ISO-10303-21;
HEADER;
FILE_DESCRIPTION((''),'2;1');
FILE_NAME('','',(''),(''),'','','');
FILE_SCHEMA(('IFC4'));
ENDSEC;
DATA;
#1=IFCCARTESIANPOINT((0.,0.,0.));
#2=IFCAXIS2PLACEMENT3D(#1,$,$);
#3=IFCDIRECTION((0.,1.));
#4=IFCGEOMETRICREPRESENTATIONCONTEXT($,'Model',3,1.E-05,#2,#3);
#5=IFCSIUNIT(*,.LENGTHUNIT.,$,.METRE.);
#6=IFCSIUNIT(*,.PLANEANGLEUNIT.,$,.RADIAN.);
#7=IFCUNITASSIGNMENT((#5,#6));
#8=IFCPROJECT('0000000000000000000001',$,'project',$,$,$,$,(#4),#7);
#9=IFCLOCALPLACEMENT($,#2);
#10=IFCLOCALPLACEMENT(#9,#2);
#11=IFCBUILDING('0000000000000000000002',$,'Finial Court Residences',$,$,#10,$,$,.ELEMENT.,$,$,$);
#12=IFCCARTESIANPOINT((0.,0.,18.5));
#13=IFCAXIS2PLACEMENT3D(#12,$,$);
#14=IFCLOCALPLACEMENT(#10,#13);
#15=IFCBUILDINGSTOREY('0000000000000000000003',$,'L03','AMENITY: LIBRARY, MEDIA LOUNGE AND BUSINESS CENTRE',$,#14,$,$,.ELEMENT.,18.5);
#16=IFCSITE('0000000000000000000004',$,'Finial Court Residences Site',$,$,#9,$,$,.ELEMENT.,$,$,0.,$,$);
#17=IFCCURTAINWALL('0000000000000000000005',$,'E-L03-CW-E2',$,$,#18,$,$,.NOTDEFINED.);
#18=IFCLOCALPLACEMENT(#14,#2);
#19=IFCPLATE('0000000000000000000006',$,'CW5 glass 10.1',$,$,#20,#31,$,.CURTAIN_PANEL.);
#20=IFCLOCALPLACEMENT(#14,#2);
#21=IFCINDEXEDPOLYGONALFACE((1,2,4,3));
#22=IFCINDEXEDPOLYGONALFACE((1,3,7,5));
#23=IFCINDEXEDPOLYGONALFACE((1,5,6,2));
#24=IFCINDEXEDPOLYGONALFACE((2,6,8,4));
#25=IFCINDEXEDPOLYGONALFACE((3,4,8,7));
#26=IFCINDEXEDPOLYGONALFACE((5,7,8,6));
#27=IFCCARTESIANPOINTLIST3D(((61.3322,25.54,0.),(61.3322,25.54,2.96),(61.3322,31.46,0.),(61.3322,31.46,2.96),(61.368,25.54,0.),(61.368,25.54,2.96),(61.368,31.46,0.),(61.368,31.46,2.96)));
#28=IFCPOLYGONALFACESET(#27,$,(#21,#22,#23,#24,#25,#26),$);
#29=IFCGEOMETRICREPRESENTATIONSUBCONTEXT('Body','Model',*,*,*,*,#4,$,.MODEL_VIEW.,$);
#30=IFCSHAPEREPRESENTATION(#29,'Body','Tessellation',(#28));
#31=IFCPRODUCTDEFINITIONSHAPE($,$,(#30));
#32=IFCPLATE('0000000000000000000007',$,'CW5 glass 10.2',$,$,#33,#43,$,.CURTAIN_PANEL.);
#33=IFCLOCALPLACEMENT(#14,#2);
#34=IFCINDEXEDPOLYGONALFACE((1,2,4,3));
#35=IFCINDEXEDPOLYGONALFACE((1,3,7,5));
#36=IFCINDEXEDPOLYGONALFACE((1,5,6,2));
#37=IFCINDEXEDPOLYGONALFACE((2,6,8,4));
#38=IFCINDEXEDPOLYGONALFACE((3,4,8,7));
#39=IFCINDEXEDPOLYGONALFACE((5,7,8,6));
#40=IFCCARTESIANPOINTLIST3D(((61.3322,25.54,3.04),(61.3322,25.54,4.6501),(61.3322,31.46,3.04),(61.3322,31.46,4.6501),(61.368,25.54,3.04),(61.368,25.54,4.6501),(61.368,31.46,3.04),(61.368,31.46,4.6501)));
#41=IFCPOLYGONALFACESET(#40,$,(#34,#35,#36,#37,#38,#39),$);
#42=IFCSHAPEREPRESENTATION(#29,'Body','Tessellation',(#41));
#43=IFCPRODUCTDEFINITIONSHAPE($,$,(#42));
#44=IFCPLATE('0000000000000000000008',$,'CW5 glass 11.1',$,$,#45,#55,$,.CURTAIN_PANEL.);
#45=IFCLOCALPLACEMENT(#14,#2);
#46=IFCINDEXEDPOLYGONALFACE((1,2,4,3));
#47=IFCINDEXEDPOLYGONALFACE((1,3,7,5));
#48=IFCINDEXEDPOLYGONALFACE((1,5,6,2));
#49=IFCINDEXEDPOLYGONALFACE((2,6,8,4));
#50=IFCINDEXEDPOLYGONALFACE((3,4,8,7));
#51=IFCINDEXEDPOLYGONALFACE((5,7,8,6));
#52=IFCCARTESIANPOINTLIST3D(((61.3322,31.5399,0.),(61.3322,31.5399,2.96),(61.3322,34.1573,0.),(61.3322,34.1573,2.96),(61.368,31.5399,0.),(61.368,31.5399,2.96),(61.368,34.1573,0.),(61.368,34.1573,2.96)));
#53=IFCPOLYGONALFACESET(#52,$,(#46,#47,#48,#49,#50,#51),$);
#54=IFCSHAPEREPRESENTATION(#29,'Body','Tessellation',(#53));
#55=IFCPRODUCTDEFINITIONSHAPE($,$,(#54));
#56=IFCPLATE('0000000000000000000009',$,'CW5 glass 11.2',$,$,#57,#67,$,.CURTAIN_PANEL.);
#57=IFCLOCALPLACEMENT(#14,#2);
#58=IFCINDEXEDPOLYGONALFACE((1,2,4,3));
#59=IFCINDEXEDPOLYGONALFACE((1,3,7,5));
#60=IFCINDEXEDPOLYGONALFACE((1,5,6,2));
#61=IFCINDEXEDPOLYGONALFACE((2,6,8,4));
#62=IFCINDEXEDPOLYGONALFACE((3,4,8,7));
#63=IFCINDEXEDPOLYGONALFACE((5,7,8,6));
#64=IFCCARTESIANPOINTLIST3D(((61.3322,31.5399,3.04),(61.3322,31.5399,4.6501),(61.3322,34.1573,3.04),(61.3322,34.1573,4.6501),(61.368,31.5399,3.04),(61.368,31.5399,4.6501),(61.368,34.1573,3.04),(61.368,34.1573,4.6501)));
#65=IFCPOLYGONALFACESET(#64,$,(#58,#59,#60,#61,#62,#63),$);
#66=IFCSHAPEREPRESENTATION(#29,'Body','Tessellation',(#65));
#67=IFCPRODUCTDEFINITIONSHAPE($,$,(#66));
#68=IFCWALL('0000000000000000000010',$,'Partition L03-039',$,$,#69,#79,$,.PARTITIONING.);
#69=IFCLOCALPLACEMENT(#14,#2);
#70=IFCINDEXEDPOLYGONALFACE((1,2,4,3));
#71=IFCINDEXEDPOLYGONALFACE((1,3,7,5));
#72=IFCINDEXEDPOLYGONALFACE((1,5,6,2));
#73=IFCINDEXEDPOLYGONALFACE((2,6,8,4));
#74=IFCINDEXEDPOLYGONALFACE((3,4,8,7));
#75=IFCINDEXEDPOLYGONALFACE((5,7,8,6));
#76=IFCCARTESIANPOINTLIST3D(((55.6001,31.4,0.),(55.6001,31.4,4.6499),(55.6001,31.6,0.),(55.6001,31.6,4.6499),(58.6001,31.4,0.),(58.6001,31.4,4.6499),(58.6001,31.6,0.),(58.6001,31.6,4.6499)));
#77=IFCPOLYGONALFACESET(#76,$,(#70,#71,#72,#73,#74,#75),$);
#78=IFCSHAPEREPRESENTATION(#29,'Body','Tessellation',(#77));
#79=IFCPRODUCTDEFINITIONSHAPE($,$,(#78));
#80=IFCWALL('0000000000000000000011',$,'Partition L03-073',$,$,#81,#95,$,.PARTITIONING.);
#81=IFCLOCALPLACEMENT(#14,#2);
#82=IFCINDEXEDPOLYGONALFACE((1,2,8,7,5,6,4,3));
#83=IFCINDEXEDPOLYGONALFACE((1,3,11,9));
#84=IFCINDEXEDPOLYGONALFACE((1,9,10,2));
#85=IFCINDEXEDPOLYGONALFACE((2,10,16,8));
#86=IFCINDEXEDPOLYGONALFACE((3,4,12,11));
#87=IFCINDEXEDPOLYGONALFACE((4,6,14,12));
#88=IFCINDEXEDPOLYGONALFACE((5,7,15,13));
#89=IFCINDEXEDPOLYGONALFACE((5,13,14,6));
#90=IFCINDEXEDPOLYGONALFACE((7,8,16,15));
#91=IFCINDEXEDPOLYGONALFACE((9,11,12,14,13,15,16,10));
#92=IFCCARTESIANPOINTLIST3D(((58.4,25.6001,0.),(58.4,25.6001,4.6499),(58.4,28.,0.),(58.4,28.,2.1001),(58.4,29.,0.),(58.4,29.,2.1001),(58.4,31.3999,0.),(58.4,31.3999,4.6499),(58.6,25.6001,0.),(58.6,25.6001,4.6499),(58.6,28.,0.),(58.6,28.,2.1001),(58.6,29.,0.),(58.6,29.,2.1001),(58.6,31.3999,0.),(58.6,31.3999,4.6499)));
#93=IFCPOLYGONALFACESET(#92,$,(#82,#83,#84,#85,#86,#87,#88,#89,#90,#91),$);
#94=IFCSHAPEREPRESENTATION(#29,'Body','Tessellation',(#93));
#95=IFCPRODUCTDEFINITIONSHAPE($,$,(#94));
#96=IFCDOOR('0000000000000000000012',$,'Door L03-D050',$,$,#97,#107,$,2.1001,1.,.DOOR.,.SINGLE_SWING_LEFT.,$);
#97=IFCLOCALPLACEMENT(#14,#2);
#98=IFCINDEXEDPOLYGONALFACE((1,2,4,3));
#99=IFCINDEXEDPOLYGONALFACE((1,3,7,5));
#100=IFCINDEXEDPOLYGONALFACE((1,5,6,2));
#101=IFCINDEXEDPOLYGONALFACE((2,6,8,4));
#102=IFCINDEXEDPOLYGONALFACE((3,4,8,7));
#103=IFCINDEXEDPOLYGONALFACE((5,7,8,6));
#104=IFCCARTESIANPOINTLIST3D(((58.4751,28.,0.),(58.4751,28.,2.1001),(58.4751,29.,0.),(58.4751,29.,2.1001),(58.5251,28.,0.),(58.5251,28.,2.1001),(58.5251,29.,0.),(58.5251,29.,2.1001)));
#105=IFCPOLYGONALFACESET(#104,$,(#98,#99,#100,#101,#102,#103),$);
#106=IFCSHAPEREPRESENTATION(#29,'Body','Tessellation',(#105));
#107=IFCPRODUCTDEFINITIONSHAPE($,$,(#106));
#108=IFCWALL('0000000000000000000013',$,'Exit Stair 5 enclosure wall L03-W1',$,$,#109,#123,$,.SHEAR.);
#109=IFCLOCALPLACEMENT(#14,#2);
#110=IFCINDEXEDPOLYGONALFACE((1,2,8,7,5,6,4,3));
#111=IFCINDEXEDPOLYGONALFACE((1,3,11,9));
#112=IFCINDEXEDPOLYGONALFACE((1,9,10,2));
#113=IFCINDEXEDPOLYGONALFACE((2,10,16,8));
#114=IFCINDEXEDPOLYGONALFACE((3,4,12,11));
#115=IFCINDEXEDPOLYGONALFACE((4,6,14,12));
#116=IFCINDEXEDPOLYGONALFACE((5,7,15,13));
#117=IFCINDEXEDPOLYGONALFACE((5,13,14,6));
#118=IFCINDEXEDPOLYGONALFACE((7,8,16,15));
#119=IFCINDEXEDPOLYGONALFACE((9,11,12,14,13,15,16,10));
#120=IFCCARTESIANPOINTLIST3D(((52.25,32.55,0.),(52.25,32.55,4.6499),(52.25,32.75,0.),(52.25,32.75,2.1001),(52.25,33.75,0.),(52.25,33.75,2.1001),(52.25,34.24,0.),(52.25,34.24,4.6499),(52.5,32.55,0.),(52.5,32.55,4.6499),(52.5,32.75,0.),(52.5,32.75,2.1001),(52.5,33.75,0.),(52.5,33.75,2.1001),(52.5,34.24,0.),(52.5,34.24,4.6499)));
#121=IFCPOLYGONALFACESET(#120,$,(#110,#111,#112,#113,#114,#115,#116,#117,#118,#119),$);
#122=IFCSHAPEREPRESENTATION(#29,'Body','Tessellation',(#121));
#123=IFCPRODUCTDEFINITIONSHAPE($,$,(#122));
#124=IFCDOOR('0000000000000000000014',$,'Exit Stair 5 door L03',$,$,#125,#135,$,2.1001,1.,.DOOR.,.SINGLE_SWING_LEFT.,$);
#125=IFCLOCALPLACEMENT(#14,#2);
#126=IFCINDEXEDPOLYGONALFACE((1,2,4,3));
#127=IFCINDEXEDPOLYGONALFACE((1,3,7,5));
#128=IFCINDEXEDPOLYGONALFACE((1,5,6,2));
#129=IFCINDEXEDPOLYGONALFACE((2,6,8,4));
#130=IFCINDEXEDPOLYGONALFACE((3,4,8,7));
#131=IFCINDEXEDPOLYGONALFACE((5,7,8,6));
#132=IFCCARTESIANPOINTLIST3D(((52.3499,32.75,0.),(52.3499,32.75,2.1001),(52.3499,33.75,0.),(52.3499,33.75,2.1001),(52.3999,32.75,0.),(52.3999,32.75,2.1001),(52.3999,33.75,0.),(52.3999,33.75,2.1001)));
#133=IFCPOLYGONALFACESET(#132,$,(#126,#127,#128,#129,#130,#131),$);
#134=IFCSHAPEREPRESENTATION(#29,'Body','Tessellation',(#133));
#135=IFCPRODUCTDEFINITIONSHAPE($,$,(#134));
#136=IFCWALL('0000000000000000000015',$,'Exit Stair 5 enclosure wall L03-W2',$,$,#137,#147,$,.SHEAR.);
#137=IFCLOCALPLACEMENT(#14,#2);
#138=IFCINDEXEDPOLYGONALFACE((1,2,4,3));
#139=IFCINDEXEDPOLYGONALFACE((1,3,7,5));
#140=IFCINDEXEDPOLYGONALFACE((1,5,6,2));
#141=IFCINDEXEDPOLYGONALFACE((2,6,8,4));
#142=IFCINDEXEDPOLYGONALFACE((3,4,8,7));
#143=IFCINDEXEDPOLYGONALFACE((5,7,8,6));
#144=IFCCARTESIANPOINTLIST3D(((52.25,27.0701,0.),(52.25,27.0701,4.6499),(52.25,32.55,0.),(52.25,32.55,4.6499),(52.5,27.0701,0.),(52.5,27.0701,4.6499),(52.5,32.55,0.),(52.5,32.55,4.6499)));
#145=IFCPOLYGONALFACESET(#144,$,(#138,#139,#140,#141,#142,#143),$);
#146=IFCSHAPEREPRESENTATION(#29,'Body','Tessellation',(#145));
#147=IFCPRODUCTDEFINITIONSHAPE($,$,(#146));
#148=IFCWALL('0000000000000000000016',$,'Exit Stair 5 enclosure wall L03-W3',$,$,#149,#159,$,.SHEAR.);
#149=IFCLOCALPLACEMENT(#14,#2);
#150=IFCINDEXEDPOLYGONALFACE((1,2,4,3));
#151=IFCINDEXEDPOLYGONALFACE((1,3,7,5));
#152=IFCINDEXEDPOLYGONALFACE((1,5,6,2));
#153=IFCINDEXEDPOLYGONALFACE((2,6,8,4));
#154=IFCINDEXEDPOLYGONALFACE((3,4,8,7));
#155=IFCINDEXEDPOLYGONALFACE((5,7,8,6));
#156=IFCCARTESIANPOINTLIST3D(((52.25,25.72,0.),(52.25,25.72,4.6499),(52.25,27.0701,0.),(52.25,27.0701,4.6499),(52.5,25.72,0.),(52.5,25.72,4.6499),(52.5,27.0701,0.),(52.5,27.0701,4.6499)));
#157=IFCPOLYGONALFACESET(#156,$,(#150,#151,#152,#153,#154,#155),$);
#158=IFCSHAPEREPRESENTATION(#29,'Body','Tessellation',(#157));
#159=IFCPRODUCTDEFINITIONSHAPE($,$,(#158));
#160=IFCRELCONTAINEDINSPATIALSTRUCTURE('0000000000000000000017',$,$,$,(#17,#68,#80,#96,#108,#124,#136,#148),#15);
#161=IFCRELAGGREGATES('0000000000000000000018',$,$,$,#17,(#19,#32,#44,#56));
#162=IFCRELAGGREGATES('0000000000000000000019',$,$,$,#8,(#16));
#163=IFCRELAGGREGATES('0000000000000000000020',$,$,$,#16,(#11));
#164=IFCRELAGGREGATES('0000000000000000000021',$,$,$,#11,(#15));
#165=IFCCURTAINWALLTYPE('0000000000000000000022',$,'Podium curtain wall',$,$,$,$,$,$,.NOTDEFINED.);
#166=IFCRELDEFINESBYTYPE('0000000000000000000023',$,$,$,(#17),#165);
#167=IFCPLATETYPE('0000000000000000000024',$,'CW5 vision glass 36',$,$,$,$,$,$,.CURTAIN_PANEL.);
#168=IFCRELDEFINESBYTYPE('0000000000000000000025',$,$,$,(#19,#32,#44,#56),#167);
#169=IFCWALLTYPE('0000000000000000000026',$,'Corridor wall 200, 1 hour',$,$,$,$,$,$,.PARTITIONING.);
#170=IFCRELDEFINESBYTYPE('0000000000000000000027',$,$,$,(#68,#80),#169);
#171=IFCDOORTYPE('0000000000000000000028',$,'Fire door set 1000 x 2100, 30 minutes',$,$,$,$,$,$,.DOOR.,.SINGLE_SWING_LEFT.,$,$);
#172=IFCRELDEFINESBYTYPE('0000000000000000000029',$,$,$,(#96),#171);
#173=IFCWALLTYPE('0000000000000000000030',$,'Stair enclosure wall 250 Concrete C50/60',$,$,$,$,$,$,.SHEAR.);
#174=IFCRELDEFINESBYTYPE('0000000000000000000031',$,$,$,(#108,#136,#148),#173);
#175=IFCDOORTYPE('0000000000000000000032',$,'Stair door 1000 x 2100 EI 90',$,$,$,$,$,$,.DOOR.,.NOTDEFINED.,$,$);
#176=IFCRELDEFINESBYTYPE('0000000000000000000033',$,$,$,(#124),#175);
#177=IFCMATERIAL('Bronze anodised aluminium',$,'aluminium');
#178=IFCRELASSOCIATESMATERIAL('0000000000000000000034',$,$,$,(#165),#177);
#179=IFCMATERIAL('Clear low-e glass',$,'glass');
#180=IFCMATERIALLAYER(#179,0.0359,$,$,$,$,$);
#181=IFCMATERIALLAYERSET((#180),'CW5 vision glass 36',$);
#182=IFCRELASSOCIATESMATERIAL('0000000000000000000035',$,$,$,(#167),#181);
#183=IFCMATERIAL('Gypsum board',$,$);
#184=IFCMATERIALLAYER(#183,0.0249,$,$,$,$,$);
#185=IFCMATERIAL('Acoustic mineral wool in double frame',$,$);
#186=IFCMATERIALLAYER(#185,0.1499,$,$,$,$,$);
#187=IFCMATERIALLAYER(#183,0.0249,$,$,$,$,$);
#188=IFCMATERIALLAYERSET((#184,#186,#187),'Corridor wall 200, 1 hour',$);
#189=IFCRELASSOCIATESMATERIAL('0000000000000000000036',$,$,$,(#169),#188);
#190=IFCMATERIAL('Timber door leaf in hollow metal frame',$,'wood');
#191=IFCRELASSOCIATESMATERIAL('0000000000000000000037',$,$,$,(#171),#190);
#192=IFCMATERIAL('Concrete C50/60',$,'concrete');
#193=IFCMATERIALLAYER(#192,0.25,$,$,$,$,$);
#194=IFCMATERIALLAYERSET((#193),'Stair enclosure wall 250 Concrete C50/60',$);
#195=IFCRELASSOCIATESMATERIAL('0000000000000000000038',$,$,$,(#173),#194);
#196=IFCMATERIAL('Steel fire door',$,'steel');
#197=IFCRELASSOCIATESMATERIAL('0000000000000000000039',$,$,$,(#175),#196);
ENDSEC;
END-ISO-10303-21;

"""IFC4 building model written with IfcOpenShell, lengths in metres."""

from ifc_helpers import new_model, si_unit, direction, frame, frame_2d, origin, origin_2d, place, context, subcontext, project, spatial, rectangle, extrude, material, layer, layer_set, type_object, element, fill, aggregate, save


model = new_model("IFC4")

# Units and contexts
model_context = context("Model", 3, precision=1e-05, world=origin(), true_north=direction((0.0, 1.0)))
body_context = subcontext(model_context, "Body", "Model", "MODEL_VIEW")
ifc_project = project(units=[si_unit("LENGTHUNIT", "METRE"), si_unit("PLANEANGLEUNIT", "RADIAN")], contexts=[model_context])

# Site, building, storey
site_placement = place(None, origin())
site = spatial("IfcSite", under=ifc_project, at=site_placement, Name="Finial Court Residences Site", CompositionType="ELEMENT", RefElevation=0.0)
building_placement = place(site_placement, origin())
building = spatial("IfcBuilding", under=site, at=building_placement, Name="Finial Court Residences", CompositionType="ELEMENT")
storey_placement = place(building_placement, frame((0.0, 0.0, 18.5)))
storey = spatial("IfcBuildingStorey", under=building, at=storey_placement, Name="L03", Description="AMENITY: LIBRARY, MEDIA LOUNGE AND BUSINESS CENTRE", CompositionType="ELEMENT", Elevation=18.5)

# Shared definitions
ifc_material_1 = material(Name="Concrete C50/60", Category="concrete")

# Curtain wall
ifc_material_2 = material(Name="Bronze anodised aluminium", Category="aluminium")
curtain_wall_type = type_object("IfcCurtainWallType", Name="Podium curtain wall", PredefinedType="NOTDEFINED", material=ifc_material_2)
curtain_wall_1_placement = place(storey_placement, origin())
curtain_wall_1 = element("IfcCurtainWall", 1, at=curtain_wall_1_placement, inside=storey, type_object=curtain_wall_type, Name="E-L03-CW-E2", PredefinedType="NOTDEFINED")

# Plates
ifc_material_3 = material(Name="Clear low-e glass", Category="glass")
ifc_layer_1 = layer(ifc_material_3, 0.0359)
ifc_layer_set_1 = layer_set([ifc_layer_1], Name="CW5 vision glass 36")
plate_type = type_object("IfcPlateType", Name="CW5 vision glass 36", PredefinedType="CURTAIN_PANEL", material=ifc_layer_set_1)
plate_1_placement = place(storey_placement, frame((61.3501, 28.5, 0.0), z_axis=(0.0, 0.0, 1.0), x_axis=(0.0, 1.0, 0.0)))
plate_1 = element("IfcPlate", 2, at=plate_1_placement, type_object=plate_type, Name="CW5 glass 10.1", PredefinedType="CURTAIN_PANEL", context=body_context, shape_type="SweptSolid", body=[
    extrude(rectangle(XDim=5.9199, YDim=0.0359, at=origin_2d()), origin(), (0.0, 0.0, 1.0), 2.96),
])
plate_2_placement = place(storey_placement, frame((61.3501, 28.5, 3.04), z_axis=(0.0, 0.0, 1.0), x_axis=(0.0, 1.0, 0.0)))
plate_2 = element("IfcPlate", 3, at=plate_2_placement, type_object=plate_type, Name="CW5 glass 10.2", PredefinedType="CURTAIN_PANEL", context=body_context, shape_type="SweptSolid", body=[
    extrude(rectangle(XDim=5.9199, YDim=0.0359, at=origin_2d()), origin(), (0.0, 0.0, 1.0), 1.6101),
])
plate_3_placement = place(storey_placement, frame((61.3501, 32.8486, 0.0), z_axis=(0.0, 0.0, 1.0), x_axis=(0.0, 1.0, 0.0)))
plate_3 = element("IfcPlate", 4, at=plate_3_placement, type_object=plate_type, Name="CW5 glass 11.1", PredefinedType="CURTAIN_PANEL", context=body_context, shape_type="SweptSolid", body=[
    extrude(rectangle(XDim=2.6174, YDim=0.0359, at=origin_2d()), origin(), (0.0, 0.0, 1.0), 2.96),
])
plate_4_placement = place(storey_placement, frame((61.3501, 32.8486, 3.04), z_axis=(0.0, 0.0, 1.0), x_axis=(0.0, 1.0, 0.0)))
plate_4 = element("IfcPlate", 5, at=plate_4_placement, type_object=plate_type, Name="CW5 glass 11.2", PredefinedType="CURTAIN_PANEL", context=body_context, shape_type="SweptSolid", body=[
    extrude(rectangle(XDim=2.6174, YDim=0.0359, at=origin_2d()), origin(), (0.0, 0.0, 1.0), 1.6101),
])
aggregate(curtain_wall_1, [plate_1, plate_2, plate_3, plate_4])

# Wall
ifc_material_4 = material(Name="Gypsum board")
ifc_layer_2 = layer(ifc_material_4, 0.0249)
ifc_material_5 = material(Name="Acoustic mineral wool in double frame")
ifc_layer_3 = layer(ifc_material_5, 0.1499)
ifc_layer_4 = layer(ifc_material_4, 0.0249)
ifc_layer_set_2 = layer_set([ifc_layer_2, ifc_layer_3, ifc_layer_4], Name="Corridor wall 200, 1 hour")
wall_type_1 = type_object("IfcWallType", Name="Corridor wall 200, 1 hour", PredefinedType="PARTITIONING", material=ifc_layer_set_2)
wall_1_placement = place(storey_placement, frame((55.6001, 31.5, 0.0), z_axis=(0.0, 0.0, 1.0), x_axis=(1.0, 0.0, 0.0)))
element("IfcWall", 6, at=wall_1_placement, inside=storey, type_object=wall_type_1, Name="Partition L03-039", PredefinedType="PARTITIONING", context=body_context, shape_type="SweptSolid", body=[
    extrude(rectangle(XDim=3.0, YDim=0.2, at=frame_2d((1.5, 0.0))), origin(), (0.0, 0.0, 1.0), 4.6499),
])

# Walls, openings, doors
wall_2_placement = place(storey_placement, frame((58.5, 25.6001, 0.0), z_axis=(0.0, 0.0, 1.0), x_axis=(0.0, 1.0, 0.0)))
wall_2 = element("IfcWall", 7, at=wall_2_placement, inside=storey, type_object=wall_type_1, Name="Partition L03-073", PredefinedType="PARTITIONING", context=body_context, shape_type="SweptSolid", body=[
    extrude(rectangle(XDim=5.7998, YDim=0.2, at=frame_2d((2.8999, 0.0))), origin(), (0.0, 0.0, 1.0), 4.6499),
])
opening_1_placement = place(wall_2_placement, frame((2.3999, 0.0, 0.0)))
opening_1 = element("IfcOpeningElement", 8, at=opening_1_placement, cuts=wall_2, PredefinedType="OPENING", context=body_context, shape_type="SweptSolid", body=[
    extrude(rectangle(XDim=1.0, YDim=2.1001, at=frame_2d((0.5, 1.05))), frame((0.0, 0.1099, 0.0), z_axis=(0.0, -1.0, 0.0), x_axis=(1.0, 0.0, 0.0)), (0.0, 0.0, 1.0), 0.22),
])
ifc_material_6 = material(Name="Timber door leaf in hollow metal frame", Category="wood")
door_type_1 = type_object("IfcDoorType", Name="Fire door set 1000 x 2100, 30 minutes", OperationType="SINGLE_SWING_LEFT", PredefinedType="DOOR", material=ifc_material_6)
door_1_placement = place(opening_1_placement, origin())
door_1 = element("IfcDoor", 9, at=door_1_placement, inside=storey, type_object=door_type_1, Name="Door L03-D050", OperationType="SINGLE_SWING_LEFT", OverallHeight=2.1001, OverallWidth=1.0, PredefinedType="DOOR", context=body_context, shape_type="SweptSolid", body=[
    extrude(rectangle(XDim=1.0, YDim=2.1001, at=frame_2d((0.5, 1.05))), frame((0.0, 0.0249, 0.0), z_axis=(0.0, -1.0, 0.0), x_axis=(1.0, 0.0, 0.0)), (0.0, 0.0, 1.0), 0.05),
])
fill(opening_1, door_1)
ifc_layer_5 = layer(ifc_material_1, 0.25)
ifc_layer_set_3 = layer_set([ifc_layer_5], Name="Stair enclosure wall 250 Concrete C50/60")
wall_type_2 = type_object("IfcWallType", Name="Stair enclosure wall 250 Concrete C50/60", PredefinedType="SHEAR", material=ifc_layer_set_3)
wall_3_placement = place(storey_placement, frame((52.375, 34.24, 0.0), z_axis=(0.0, 0.0, 1.0), x_axis=(0.0, -1.0, 0.0)))
wall_3 = element("IfcWall", 10, at=wall_3_placement, inside=storey, type_object=wall_type_2, Name="Exit Stair 5 enclosure wall L03-W1", PredefinedType="SHEAR", context=body_context, shape_type="SweptSolid", body=[
    extrude(rectangle(XDim=1.6899, YDim=0.25, at=frame_2d((0.845, 0.0))), origin(), (0.0, 0.0, 1.0), 4.6499),
])
opening_2_placement = place(wall_3_placement, frame((0.49, 0.0, 0.0)))
opening_2 = element("IfcOpeningElement", 11, at=opening_2_placement, cuts=wall_3, PredefinedType="OPENING", context=body_context, shape_type="SweptSolid", body=[
    extrude(rectangle(XDim=1.0, YDim=2.1001, at=frame_2d((0.5, 1.05))), frame((0.0, 0.135, 0.0), z_axis=(0.0, -1.0, 0.0), x_axis=(1.0, 0.0, 0.0)), (0.0, 0.0, 1.0), 0.27),
])
ifc_material_7 = material(Name="Steel fire door", Category="steel")
door_type_2 = type_object("IfcDoorType", Name="Stair door 1000 x 2100 EI 90", OperationType="NOTDEFINED", PredefinedType="DOOR", material=ifc_material_7)
door_2_placement = place(opening_2_placement, origin())
door_2 = element("IfcDoor", 12, at=door_2_placement, inside=storey, type_object=door_type_2, Name="Exit Stair 5 door L03", OperationType="SINGLE_SWING_LEFT", OverallHeight=2.1001, OverallWidth=1.0, PredefinedType="DOOR", context=body_context, shape_type="SweptSolid", body=[
    extrude(rectangle(XDim=1.0, YDim=2.1001, at=frame_2d((0.5, 1.05))), frame((0.0, 0.0249, 0.0), z_axis=(0.0, -1.0, 0.0), x_axis=(1.0, 0.0, 0.0)), (0.0, 0.0, 1.0), 0.05),
])
fill(opening_2, door_2)

# Walls
wall_4_placement = place(storey_placement, frame((52.375, 27.0701, 0.0), z_axis=(0.0, 0.0, 1.0), x_axis=(0.0, 1.0, 0.0)))
element("IfcWall", 13, at=wall_4_placement, inside=storey, type_object=wall_type_2, Name="Exit Stair 5 enclosure wall L03-W2", PredefinedType="SHEAR", context=body_context, shape_type="SweptSolid", body=[
    extrude(rectangle(XDim=5.48, YDim=0.25, at=frame_2d((2.74, 0.0))), origin(), (0.0, 0.0, 1.0), 4.6499),
])
wall_5_placement = place(storey_placement, frame((52.375, 25.72, 0.0), z_axis=(0.0, 0.0, 1.0), x_axis=(0.0, 1.0, 0.0)))
element("IfcWall", 14, at=wall_5_placement, inside=storey, type_object=wall_type_2, Name="Exit Stair 5 enclosure wall L03-W3", PredefinedType="SHEAR", context=body_context, shape_type="SweptSolid", body=[
    extrude(rectangle(XDim=1.3501, YDim=0.25, at=frame_2d((0.675, 0.0))), origin(), (0.0, 0.0, 1.0), 4.6499),
])

save(model, "model.ifc")
